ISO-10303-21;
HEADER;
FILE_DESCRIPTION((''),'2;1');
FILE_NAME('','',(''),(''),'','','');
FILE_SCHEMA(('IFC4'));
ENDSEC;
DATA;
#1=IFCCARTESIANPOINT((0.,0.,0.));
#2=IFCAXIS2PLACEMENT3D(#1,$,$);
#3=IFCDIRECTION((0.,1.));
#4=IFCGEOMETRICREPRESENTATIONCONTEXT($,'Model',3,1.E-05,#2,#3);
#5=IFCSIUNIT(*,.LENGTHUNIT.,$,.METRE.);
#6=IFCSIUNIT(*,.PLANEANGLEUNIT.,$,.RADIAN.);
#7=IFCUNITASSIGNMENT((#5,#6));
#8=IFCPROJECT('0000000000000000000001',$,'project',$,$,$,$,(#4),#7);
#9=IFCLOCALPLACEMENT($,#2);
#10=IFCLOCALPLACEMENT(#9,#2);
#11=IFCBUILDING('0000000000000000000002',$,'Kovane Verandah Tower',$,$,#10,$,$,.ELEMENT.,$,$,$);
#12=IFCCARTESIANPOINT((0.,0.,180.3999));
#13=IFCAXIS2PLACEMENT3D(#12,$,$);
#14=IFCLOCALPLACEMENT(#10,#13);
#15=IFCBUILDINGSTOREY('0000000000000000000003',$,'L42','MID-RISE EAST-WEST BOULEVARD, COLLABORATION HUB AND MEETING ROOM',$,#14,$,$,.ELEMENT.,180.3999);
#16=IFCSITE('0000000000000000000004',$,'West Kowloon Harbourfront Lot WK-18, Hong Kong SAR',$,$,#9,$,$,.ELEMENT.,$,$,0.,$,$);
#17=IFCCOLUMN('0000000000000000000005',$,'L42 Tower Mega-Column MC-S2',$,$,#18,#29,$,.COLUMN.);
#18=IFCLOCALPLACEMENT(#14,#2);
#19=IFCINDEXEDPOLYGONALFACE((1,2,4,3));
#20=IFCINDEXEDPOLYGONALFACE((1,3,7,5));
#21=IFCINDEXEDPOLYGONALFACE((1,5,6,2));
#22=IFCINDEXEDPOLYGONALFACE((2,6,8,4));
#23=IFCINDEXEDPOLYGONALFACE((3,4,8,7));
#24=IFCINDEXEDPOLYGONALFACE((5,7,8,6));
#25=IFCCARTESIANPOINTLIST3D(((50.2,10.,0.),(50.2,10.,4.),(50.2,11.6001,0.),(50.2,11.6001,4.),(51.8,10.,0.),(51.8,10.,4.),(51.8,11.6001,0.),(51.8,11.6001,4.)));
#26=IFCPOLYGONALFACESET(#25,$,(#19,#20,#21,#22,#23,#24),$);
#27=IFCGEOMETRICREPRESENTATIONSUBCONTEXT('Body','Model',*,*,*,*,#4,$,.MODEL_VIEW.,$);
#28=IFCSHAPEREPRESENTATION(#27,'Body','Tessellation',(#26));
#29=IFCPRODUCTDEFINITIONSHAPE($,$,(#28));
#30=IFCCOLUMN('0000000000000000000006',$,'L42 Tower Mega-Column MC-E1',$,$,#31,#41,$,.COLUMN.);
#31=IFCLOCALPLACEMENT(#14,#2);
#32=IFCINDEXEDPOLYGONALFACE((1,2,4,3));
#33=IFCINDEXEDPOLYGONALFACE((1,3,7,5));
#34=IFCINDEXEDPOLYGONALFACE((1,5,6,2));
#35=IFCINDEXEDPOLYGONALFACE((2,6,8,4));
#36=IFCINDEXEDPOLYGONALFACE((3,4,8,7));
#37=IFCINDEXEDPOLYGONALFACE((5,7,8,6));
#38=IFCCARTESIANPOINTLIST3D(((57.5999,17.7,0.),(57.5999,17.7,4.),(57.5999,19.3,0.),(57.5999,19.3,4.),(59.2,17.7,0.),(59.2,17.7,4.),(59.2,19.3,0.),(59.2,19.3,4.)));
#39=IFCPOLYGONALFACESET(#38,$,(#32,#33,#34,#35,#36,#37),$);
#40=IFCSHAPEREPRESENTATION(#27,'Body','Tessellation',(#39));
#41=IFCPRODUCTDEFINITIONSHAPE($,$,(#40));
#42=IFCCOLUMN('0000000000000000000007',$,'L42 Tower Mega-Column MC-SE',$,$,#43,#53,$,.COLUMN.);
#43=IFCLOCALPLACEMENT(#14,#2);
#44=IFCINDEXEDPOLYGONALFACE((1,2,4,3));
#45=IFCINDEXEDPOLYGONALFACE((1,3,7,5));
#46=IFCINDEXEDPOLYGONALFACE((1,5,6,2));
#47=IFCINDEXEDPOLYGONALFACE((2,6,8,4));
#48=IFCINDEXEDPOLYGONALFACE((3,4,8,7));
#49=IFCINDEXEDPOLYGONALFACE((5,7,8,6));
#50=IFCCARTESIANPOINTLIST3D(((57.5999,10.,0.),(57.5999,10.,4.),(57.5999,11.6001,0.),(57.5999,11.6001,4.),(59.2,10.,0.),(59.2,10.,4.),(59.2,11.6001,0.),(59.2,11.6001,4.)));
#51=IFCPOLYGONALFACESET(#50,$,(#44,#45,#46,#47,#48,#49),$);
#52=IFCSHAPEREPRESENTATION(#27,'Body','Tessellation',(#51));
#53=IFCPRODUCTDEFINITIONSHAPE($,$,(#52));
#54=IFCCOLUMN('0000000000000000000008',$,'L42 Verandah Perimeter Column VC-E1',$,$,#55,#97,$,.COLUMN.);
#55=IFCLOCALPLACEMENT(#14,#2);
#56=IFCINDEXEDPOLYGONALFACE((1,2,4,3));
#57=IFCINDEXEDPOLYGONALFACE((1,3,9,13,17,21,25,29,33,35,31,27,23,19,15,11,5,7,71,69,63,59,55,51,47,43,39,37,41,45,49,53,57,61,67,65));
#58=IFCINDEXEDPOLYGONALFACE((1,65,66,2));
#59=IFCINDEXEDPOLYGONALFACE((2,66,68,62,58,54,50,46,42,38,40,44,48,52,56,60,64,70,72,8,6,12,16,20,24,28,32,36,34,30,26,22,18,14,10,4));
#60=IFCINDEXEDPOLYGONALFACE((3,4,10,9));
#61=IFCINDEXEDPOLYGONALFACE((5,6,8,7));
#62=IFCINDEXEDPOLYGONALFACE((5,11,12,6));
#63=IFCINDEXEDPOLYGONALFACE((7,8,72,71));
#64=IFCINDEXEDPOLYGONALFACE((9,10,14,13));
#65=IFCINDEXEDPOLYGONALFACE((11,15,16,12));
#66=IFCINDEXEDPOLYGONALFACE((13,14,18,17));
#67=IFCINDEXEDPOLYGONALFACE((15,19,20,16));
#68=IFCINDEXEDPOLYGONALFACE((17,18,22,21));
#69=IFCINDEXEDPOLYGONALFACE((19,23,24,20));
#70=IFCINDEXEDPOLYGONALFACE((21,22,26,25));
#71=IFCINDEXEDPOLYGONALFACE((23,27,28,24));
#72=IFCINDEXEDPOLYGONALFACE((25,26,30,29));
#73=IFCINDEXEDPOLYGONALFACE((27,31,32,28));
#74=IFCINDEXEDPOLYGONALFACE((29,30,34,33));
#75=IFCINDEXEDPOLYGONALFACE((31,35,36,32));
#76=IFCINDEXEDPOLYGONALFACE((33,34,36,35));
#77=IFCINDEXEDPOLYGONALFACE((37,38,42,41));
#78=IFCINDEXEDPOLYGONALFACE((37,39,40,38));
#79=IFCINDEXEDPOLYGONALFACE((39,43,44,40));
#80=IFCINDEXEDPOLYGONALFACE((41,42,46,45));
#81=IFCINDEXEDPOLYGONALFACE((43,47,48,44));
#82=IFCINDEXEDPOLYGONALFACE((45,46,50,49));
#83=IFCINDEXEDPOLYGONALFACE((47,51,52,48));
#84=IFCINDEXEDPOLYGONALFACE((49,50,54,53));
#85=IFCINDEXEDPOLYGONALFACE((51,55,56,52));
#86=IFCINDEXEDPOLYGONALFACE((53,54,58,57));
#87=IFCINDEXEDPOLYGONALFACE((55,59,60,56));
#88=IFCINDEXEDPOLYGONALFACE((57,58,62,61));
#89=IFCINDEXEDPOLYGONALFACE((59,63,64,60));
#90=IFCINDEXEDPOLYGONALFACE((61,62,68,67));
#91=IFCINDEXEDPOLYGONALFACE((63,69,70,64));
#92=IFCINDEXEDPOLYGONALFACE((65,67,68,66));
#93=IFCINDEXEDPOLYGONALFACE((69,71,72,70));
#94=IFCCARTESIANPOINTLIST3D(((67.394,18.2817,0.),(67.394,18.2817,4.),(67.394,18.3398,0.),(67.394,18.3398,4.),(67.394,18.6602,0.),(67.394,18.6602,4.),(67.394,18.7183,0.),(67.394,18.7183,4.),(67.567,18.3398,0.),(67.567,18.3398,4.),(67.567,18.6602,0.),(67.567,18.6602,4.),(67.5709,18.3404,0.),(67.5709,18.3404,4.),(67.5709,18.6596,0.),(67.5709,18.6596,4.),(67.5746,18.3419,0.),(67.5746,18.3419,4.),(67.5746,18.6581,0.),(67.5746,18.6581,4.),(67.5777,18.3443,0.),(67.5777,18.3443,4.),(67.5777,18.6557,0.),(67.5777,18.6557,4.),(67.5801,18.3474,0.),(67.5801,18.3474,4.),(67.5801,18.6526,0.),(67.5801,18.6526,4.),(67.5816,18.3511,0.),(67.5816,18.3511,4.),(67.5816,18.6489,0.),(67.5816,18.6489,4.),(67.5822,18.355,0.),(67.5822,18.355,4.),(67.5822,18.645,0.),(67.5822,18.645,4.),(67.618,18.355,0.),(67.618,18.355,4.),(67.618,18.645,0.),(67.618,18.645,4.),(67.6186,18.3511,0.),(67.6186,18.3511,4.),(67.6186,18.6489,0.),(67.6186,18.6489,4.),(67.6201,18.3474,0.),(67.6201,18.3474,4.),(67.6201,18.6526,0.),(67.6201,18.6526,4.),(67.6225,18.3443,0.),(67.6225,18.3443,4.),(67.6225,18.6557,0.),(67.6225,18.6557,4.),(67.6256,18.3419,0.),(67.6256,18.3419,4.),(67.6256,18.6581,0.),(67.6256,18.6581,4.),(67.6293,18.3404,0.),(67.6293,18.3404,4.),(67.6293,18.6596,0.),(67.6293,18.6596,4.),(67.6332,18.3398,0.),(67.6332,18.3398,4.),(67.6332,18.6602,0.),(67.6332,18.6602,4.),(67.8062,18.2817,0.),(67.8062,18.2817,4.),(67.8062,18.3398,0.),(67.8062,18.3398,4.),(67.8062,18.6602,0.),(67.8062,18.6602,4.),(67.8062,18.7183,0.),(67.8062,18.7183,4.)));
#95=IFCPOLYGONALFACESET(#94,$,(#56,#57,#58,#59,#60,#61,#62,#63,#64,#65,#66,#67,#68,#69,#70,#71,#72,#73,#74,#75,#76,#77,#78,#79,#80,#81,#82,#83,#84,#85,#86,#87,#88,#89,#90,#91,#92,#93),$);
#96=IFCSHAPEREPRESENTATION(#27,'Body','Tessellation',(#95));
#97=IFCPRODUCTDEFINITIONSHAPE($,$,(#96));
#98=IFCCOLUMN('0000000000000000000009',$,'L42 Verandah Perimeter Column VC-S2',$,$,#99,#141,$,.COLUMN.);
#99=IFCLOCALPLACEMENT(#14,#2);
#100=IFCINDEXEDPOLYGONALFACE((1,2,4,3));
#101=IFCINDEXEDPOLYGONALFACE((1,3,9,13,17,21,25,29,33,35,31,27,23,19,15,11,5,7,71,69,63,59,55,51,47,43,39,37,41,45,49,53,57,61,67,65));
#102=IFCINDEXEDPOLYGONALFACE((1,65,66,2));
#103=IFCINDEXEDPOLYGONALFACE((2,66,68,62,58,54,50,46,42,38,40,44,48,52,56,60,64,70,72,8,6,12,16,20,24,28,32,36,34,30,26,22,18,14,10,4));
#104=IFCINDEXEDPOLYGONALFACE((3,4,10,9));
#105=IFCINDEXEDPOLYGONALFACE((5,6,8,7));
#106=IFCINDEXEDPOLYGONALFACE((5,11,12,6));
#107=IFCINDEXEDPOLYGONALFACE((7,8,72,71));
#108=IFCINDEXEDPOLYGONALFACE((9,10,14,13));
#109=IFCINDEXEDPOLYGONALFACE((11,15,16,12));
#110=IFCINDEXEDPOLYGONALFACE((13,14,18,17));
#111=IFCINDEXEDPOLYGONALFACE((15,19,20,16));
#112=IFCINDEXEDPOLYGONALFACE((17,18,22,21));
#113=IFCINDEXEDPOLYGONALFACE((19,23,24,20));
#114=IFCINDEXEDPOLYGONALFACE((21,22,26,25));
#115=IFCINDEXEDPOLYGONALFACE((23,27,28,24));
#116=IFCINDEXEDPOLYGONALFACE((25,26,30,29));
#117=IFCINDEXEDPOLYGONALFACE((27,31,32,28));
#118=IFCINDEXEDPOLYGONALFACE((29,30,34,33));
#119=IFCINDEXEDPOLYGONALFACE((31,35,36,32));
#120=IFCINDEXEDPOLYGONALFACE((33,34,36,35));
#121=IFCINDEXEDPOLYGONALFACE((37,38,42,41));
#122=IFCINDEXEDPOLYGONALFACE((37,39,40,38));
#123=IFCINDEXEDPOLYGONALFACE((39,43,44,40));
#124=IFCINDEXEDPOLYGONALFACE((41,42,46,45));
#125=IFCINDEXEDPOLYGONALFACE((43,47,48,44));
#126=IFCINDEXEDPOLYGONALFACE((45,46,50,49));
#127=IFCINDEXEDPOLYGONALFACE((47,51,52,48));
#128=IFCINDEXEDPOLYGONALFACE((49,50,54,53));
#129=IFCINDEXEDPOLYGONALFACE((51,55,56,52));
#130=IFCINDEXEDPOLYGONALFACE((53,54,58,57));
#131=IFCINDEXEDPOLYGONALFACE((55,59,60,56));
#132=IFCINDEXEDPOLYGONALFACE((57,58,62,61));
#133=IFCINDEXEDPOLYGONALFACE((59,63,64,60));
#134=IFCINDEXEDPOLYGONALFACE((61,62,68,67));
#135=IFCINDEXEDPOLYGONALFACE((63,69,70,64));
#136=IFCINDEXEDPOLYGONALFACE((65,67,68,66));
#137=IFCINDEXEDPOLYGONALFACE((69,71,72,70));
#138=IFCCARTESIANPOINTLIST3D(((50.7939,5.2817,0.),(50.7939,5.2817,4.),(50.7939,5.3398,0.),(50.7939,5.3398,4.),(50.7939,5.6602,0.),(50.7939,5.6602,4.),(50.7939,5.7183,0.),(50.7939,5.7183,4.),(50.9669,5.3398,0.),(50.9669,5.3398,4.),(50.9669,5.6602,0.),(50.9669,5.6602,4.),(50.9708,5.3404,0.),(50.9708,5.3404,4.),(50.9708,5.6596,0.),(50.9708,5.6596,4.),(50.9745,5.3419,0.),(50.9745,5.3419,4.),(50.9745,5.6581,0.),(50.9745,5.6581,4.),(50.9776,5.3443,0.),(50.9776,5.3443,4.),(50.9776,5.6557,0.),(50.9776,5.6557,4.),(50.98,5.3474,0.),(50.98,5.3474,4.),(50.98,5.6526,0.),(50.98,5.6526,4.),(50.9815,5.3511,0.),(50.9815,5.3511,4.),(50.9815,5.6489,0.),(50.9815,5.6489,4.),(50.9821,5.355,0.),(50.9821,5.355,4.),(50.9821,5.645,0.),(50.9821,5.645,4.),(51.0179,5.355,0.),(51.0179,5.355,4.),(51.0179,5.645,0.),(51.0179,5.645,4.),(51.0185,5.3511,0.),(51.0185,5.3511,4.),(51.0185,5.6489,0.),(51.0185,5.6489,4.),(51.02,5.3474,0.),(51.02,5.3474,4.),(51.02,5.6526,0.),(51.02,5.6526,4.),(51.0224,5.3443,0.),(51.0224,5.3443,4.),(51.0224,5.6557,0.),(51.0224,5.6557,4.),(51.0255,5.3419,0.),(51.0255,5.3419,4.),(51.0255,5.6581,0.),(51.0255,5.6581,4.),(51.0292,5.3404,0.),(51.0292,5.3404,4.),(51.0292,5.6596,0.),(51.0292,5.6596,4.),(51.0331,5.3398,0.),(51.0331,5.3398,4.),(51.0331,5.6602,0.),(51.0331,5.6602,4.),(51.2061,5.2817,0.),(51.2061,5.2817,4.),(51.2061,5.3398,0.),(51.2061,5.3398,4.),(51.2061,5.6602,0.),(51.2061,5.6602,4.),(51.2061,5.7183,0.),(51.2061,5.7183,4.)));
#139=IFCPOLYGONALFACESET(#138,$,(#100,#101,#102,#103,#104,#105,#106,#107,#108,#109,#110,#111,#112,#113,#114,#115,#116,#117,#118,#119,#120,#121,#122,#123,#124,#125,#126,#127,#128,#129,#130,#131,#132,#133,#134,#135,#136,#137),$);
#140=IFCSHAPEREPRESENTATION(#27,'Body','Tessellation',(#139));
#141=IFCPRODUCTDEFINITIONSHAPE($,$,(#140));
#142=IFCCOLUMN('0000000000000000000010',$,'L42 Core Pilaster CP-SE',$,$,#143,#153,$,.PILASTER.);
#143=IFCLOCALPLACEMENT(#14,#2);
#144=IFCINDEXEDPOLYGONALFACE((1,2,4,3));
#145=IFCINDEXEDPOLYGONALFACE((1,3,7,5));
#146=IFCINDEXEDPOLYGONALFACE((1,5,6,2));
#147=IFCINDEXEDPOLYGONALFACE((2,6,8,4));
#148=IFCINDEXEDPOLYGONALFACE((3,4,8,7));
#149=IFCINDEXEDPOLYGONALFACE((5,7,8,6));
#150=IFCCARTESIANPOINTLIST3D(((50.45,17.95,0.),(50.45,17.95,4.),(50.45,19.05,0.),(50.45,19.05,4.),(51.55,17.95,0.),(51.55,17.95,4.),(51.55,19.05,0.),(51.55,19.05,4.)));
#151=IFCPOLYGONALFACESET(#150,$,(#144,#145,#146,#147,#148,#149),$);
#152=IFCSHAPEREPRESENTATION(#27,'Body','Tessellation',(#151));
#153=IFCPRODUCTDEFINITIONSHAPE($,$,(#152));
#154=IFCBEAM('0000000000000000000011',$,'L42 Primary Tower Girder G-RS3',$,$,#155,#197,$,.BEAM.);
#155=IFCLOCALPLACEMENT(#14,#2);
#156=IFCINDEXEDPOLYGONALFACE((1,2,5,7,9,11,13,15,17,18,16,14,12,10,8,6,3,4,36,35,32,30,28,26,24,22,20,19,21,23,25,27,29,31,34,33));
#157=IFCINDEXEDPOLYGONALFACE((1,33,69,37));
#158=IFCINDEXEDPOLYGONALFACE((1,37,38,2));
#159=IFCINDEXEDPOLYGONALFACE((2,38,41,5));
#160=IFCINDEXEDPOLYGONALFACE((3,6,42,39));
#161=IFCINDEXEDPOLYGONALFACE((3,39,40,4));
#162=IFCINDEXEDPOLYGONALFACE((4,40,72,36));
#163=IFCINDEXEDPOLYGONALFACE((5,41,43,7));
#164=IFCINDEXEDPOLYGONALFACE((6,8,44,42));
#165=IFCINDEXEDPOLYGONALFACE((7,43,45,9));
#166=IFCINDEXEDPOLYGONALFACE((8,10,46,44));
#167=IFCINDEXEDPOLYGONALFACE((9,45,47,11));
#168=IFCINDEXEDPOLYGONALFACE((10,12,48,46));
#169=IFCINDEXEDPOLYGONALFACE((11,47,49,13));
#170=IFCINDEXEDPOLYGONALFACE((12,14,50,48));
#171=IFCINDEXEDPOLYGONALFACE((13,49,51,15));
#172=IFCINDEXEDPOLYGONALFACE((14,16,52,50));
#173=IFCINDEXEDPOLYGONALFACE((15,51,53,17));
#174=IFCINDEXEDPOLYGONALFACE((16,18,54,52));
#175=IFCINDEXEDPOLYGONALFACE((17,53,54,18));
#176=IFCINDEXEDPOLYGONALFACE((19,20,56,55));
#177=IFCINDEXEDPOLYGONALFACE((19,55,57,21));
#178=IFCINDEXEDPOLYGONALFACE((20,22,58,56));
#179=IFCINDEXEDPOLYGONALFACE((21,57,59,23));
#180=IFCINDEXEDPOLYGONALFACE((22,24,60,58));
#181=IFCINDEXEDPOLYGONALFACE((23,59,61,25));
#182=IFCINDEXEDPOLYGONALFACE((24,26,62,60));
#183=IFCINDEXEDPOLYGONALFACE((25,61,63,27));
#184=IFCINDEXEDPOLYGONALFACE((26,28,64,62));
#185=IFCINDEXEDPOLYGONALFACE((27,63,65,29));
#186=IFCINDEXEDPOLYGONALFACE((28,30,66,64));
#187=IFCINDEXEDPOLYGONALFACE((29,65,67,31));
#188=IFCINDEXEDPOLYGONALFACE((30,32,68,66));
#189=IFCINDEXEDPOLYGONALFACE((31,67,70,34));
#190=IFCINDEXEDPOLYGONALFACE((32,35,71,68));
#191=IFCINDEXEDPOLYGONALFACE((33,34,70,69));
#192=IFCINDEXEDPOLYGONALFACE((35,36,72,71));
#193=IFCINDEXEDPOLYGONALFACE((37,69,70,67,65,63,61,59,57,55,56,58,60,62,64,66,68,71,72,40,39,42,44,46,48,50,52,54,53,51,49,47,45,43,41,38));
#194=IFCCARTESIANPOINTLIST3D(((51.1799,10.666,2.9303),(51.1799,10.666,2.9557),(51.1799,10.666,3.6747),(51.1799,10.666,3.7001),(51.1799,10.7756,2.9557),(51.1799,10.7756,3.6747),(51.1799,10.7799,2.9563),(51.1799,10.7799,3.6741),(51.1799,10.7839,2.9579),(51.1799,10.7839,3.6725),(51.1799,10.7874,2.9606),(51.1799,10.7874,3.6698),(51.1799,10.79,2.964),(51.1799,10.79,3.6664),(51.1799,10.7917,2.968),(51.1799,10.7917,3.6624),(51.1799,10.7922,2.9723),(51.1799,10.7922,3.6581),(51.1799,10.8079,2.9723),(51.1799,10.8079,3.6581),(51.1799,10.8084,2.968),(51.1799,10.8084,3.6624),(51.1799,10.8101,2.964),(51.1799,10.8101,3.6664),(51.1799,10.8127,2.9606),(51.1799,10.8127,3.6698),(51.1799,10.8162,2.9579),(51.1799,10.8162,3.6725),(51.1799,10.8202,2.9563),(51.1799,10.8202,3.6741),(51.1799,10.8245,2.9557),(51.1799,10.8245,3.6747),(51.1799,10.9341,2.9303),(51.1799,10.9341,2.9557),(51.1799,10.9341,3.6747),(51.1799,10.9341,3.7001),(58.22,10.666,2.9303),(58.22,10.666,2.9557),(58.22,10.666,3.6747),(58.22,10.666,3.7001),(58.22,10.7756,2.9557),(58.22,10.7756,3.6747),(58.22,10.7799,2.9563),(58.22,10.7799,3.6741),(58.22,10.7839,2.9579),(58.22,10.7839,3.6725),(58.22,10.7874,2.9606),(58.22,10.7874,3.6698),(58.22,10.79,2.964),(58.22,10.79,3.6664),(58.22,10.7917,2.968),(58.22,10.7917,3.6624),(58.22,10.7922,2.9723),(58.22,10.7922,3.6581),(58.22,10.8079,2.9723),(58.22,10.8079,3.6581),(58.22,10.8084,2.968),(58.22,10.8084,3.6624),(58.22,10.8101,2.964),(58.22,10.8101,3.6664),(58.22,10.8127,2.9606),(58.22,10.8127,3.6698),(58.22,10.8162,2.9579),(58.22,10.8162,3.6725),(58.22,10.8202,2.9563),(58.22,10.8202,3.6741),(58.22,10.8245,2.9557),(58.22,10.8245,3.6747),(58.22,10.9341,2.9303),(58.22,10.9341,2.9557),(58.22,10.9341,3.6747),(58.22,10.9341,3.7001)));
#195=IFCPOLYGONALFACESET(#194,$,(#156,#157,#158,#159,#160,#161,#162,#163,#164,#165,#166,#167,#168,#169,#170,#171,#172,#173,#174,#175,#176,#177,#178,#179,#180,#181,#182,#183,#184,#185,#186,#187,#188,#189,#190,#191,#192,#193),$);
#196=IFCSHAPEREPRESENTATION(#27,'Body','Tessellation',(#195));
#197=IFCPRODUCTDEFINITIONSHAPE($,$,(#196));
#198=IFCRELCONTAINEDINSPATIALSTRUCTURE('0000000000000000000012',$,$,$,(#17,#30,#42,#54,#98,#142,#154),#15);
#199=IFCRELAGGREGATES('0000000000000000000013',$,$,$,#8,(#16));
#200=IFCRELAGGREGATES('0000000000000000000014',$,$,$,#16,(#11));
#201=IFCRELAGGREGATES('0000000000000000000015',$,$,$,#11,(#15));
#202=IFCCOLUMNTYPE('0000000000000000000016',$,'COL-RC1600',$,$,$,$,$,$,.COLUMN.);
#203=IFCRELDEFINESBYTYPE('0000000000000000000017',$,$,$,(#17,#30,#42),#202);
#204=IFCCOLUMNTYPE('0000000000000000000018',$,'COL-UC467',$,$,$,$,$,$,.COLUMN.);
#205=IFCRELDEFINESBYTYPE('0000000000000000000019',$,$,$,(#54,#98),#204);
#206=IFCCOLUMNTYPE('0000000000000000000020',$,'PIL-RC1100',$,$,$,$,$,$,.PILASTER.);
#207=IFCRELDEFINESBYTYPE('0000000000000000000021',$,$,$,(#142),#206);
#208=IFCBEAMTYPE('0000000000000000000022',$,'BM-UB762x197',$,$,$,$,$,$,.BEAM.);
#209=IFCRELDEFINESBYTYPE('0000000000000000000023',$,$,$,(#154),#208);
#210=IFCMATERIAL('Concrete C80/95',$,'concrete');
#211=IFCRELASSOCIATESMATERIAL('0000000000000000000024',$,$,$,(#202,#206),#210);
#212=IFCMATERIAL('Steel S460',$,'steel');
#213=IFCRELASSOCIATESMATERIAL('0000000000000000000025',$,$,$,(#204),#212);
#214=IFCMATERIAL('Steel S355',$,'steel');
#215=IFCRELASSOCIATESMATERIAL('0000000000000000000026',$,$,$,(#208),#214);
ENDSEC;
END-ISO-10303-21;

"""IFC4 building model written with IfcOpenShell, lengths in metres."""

from ifc_helpers import new_model, si_unit, direction, frame, origin, origin_2d, place, context, subcontext, project, spatial, rectangle, i_section, extrude, material, material_profile, profile_set, type_object, element, save


model = new_model("IFC4")

# Units and contexts
model_context = context("Model", 3, precision=1e-05, world=origin(), true_north=direction((0.0, 1.0)))
body_context = subcontext(model_context, "Body", "Model", "MODEL_VIEW")
ifc_project = project(units=[si_unit("LENGTHUNIT", "METRE"), si_unit("PLANEANGLEUNIT", "RADIAN")], contexts=[model_context])

# Site, building, storey
site_placement = place(None, origin())
site = spatial("IfcSite", under=ifc_project, at=site_placement, Name="West Kowloon Harbourfront Lot WK-18, Hong Kong SAR", CompositionType="ELEMENT", RefElevation=0.0)
building_placement = place(site_placement, origin())
building = spatial("IfcBuilding", under=site, at=building_placement, Name="Kovane Verandah Tower", CompositionType="ELEMENT")
storey_placement = place(building_placement, frame((0.0, 0.0, 180.3999)))
storey = spatial("IfcBuildingStorey", under=building, at=storey_placement, Name="L42", Description="MID-RISE EAST-WEST BOULEVARD, COLLABORATION HUB AND MEETING ROOM", CompositionType="ELEMENT", Elevation=180.3999)

# Columns
ifc_material_1 = material(Name="Concrete C80/95", Category="concrete")
ifc_material_profile_1 = material_profile(ifc_material_1, rectangle(XDim=1.6001, YDim=1.6001, at=origin_2d()), Name="RC1600x1600")
ifc_profile_set_1 = profile_set([ifc_material_profile_1], Name="Concrete C80/95")
column_type_1 = type_object("IfcColumnType", Name="COL-RC1600", PredefinedType="COLUMN", material=ifc_profile_set_1)
for number, where, z_axis, x_axis, name in (
    (1, (51.0, 10.8, 0.0), (0.0, 0.0, 1.0), (1.0, 0.0, 0.0), "L42 Tower Mega-Column MC-S2"),
    (2, (58.3999, 18.5, 0.0), (0.0, 0.0, 1.0), (1.0, 0.0, 0.0), "L42 Tower Mega-Column MC-E1"),
    (3, (58.3999, 10.8, 0.0), (0.0, 0.0, 1.0), (1.0, 0.0, 0.0), "L42 Tower Mega-Column MC-SE"),
):
    element("IfcColumn", number, at=place(storey_placement, frame(where, z_axis=z_axis, x_axis=x_axis)), inside=storey, type_object=column_type_1, Name=name, PredefinedType="COLUMN", context=body_context, shape_type="SweptSolid", body=[
        extrude(rectangle(XDim=1.6001, YDim=1.6001, at=origin_2d()), origin(), (0.0, 0.0, 1.0), 4.0),
    ])
ifc_material_2 = material(Name="Steel S460", Category="steel")
ifc_material_profile_2 = material_profile(ifc_material_2, i_section(OverallWidth=0.4121, OverallDepth=0.4365, WebThickness=0.0359, FlangeThickness=0.0581, FilletRadius=0.0151, at=origin_2d()), Name="UC356x406x467")
ifc_profile_set_2 = profile_set([ifc_material_profile_2], Name="Steel S460")
column_type_2 = type_object("IfcColumnType", Name="COL-UC467", PredefinedType="COLUMN", material=ifc_profile_set_2)
for number, where, z_axis, x_axis, name in (
    (4, (67.6001, 18.5, 0.0), (0.0, 0.0, 1.0), (1.0, 0.0, 0.0), "L42 Verandah Perimeter Column VC-E1"),
    (5, (51.0, 5.5, 0.0), (0.0, 0.0, 1.0), (1.0, 0.0, 0.0), "L42 Verandah Perimeter Column VC-S2"),
):
    element("IfcColumn", number, at=place(storey_placement, frame(where, z_axis=z_axis, x_axis=x_axis)), inside=storey, type_object=column_type_2, Name=name, PredefinedType="COLUMN", context=body_context, shape_type="SweptSolid", body=[
        extrude(i_section(OverallWidth=0.4121, OverallDepth=0.4365, WebThickness=0.0359, FlangeThickness=0.0581, FilletRadius=0.0151, at=origin_2d()), origin(), (0.0, 0.0, 1.0), 4.0),
    ])
ifc_material_profile_3 = material_profile(ifc_material_1, rectangle(XDim=1.1001, YDim=1.1001, at=origin_2d()), Name="RC1100x1100")
ifc_profile_set_3 = profile_set([ifc_material_profile_3], Name="Concrete C80/95")
column_type_3 = type_object("IfcColumnType", Name="PIL-RC1100", PredefinedType="PILASTER", material=ifc_profile_set_3)
column_placement = place(storey_placement, frame((51.0, 18.5, 0.0), z_axis=(0.0, 0.0, 1.0), x_axis=(1.0, 0.0, 0.0)))
element("IfcColumn", 6, at=column_placement, inside=storey, type_object=column_type_3, Name="L42 Core Pilaster CP-SE", PredefinedType="PILASTER", context=body_context, shape_type="SweptSolid", body=[
    extrude(rectangle(XDim=1.1001, YDim=1.1001, at=origin_2d()), origin(), (0.0, 0.0, 1.0), 4.0),
])

# Beam
ifc_material_3 = material(Name="Steel S355", Category="steel")
ifc_material_profile_4 = material_profile(ifc_material_3, i_section(OverallWidth=0.2681, OverallDepth=0.7698, WebThickness=0.0156, FlangeThickness=0.0254, FilletRadius=0.0166, at=origin_2d()), Name="UB762x267x197")
ifc_profile_set_4 = profile_set([ifc_material_profile_4], Name="Steel S355")
beam_type_1 = type_object("IfcBeamType", Name="BM-UB762x197", PredefinedType="BEAM", material=ifc_profile_set_4)
beam_1_placement = place(storey_placement, frame((51.1799, 10.8, 3.3152), z_axis=(1.0, 0.0, 0.0), x_axis=(0.0, 1.0, 0.0)))
element("IfcBeam", 7, at=beam_1_placement, inside=storey, type_object=beam_type_1, Name="L42 Primary Tower Girder G-RS3", PredefinedType="BEAM", context=body_context, shape_type="SweptSolid", body=[
    extrude(i_section(OverallWidth=0.2681, OverallDepth=0.7698, WebThickness=0.0156, FlangeThickness=0.0254, FilletRadius=0.0166, at=origin_2d()), origin(), (0.0, 0.0, 1.0), 7.04),
])

save(model, "model.ifc")
